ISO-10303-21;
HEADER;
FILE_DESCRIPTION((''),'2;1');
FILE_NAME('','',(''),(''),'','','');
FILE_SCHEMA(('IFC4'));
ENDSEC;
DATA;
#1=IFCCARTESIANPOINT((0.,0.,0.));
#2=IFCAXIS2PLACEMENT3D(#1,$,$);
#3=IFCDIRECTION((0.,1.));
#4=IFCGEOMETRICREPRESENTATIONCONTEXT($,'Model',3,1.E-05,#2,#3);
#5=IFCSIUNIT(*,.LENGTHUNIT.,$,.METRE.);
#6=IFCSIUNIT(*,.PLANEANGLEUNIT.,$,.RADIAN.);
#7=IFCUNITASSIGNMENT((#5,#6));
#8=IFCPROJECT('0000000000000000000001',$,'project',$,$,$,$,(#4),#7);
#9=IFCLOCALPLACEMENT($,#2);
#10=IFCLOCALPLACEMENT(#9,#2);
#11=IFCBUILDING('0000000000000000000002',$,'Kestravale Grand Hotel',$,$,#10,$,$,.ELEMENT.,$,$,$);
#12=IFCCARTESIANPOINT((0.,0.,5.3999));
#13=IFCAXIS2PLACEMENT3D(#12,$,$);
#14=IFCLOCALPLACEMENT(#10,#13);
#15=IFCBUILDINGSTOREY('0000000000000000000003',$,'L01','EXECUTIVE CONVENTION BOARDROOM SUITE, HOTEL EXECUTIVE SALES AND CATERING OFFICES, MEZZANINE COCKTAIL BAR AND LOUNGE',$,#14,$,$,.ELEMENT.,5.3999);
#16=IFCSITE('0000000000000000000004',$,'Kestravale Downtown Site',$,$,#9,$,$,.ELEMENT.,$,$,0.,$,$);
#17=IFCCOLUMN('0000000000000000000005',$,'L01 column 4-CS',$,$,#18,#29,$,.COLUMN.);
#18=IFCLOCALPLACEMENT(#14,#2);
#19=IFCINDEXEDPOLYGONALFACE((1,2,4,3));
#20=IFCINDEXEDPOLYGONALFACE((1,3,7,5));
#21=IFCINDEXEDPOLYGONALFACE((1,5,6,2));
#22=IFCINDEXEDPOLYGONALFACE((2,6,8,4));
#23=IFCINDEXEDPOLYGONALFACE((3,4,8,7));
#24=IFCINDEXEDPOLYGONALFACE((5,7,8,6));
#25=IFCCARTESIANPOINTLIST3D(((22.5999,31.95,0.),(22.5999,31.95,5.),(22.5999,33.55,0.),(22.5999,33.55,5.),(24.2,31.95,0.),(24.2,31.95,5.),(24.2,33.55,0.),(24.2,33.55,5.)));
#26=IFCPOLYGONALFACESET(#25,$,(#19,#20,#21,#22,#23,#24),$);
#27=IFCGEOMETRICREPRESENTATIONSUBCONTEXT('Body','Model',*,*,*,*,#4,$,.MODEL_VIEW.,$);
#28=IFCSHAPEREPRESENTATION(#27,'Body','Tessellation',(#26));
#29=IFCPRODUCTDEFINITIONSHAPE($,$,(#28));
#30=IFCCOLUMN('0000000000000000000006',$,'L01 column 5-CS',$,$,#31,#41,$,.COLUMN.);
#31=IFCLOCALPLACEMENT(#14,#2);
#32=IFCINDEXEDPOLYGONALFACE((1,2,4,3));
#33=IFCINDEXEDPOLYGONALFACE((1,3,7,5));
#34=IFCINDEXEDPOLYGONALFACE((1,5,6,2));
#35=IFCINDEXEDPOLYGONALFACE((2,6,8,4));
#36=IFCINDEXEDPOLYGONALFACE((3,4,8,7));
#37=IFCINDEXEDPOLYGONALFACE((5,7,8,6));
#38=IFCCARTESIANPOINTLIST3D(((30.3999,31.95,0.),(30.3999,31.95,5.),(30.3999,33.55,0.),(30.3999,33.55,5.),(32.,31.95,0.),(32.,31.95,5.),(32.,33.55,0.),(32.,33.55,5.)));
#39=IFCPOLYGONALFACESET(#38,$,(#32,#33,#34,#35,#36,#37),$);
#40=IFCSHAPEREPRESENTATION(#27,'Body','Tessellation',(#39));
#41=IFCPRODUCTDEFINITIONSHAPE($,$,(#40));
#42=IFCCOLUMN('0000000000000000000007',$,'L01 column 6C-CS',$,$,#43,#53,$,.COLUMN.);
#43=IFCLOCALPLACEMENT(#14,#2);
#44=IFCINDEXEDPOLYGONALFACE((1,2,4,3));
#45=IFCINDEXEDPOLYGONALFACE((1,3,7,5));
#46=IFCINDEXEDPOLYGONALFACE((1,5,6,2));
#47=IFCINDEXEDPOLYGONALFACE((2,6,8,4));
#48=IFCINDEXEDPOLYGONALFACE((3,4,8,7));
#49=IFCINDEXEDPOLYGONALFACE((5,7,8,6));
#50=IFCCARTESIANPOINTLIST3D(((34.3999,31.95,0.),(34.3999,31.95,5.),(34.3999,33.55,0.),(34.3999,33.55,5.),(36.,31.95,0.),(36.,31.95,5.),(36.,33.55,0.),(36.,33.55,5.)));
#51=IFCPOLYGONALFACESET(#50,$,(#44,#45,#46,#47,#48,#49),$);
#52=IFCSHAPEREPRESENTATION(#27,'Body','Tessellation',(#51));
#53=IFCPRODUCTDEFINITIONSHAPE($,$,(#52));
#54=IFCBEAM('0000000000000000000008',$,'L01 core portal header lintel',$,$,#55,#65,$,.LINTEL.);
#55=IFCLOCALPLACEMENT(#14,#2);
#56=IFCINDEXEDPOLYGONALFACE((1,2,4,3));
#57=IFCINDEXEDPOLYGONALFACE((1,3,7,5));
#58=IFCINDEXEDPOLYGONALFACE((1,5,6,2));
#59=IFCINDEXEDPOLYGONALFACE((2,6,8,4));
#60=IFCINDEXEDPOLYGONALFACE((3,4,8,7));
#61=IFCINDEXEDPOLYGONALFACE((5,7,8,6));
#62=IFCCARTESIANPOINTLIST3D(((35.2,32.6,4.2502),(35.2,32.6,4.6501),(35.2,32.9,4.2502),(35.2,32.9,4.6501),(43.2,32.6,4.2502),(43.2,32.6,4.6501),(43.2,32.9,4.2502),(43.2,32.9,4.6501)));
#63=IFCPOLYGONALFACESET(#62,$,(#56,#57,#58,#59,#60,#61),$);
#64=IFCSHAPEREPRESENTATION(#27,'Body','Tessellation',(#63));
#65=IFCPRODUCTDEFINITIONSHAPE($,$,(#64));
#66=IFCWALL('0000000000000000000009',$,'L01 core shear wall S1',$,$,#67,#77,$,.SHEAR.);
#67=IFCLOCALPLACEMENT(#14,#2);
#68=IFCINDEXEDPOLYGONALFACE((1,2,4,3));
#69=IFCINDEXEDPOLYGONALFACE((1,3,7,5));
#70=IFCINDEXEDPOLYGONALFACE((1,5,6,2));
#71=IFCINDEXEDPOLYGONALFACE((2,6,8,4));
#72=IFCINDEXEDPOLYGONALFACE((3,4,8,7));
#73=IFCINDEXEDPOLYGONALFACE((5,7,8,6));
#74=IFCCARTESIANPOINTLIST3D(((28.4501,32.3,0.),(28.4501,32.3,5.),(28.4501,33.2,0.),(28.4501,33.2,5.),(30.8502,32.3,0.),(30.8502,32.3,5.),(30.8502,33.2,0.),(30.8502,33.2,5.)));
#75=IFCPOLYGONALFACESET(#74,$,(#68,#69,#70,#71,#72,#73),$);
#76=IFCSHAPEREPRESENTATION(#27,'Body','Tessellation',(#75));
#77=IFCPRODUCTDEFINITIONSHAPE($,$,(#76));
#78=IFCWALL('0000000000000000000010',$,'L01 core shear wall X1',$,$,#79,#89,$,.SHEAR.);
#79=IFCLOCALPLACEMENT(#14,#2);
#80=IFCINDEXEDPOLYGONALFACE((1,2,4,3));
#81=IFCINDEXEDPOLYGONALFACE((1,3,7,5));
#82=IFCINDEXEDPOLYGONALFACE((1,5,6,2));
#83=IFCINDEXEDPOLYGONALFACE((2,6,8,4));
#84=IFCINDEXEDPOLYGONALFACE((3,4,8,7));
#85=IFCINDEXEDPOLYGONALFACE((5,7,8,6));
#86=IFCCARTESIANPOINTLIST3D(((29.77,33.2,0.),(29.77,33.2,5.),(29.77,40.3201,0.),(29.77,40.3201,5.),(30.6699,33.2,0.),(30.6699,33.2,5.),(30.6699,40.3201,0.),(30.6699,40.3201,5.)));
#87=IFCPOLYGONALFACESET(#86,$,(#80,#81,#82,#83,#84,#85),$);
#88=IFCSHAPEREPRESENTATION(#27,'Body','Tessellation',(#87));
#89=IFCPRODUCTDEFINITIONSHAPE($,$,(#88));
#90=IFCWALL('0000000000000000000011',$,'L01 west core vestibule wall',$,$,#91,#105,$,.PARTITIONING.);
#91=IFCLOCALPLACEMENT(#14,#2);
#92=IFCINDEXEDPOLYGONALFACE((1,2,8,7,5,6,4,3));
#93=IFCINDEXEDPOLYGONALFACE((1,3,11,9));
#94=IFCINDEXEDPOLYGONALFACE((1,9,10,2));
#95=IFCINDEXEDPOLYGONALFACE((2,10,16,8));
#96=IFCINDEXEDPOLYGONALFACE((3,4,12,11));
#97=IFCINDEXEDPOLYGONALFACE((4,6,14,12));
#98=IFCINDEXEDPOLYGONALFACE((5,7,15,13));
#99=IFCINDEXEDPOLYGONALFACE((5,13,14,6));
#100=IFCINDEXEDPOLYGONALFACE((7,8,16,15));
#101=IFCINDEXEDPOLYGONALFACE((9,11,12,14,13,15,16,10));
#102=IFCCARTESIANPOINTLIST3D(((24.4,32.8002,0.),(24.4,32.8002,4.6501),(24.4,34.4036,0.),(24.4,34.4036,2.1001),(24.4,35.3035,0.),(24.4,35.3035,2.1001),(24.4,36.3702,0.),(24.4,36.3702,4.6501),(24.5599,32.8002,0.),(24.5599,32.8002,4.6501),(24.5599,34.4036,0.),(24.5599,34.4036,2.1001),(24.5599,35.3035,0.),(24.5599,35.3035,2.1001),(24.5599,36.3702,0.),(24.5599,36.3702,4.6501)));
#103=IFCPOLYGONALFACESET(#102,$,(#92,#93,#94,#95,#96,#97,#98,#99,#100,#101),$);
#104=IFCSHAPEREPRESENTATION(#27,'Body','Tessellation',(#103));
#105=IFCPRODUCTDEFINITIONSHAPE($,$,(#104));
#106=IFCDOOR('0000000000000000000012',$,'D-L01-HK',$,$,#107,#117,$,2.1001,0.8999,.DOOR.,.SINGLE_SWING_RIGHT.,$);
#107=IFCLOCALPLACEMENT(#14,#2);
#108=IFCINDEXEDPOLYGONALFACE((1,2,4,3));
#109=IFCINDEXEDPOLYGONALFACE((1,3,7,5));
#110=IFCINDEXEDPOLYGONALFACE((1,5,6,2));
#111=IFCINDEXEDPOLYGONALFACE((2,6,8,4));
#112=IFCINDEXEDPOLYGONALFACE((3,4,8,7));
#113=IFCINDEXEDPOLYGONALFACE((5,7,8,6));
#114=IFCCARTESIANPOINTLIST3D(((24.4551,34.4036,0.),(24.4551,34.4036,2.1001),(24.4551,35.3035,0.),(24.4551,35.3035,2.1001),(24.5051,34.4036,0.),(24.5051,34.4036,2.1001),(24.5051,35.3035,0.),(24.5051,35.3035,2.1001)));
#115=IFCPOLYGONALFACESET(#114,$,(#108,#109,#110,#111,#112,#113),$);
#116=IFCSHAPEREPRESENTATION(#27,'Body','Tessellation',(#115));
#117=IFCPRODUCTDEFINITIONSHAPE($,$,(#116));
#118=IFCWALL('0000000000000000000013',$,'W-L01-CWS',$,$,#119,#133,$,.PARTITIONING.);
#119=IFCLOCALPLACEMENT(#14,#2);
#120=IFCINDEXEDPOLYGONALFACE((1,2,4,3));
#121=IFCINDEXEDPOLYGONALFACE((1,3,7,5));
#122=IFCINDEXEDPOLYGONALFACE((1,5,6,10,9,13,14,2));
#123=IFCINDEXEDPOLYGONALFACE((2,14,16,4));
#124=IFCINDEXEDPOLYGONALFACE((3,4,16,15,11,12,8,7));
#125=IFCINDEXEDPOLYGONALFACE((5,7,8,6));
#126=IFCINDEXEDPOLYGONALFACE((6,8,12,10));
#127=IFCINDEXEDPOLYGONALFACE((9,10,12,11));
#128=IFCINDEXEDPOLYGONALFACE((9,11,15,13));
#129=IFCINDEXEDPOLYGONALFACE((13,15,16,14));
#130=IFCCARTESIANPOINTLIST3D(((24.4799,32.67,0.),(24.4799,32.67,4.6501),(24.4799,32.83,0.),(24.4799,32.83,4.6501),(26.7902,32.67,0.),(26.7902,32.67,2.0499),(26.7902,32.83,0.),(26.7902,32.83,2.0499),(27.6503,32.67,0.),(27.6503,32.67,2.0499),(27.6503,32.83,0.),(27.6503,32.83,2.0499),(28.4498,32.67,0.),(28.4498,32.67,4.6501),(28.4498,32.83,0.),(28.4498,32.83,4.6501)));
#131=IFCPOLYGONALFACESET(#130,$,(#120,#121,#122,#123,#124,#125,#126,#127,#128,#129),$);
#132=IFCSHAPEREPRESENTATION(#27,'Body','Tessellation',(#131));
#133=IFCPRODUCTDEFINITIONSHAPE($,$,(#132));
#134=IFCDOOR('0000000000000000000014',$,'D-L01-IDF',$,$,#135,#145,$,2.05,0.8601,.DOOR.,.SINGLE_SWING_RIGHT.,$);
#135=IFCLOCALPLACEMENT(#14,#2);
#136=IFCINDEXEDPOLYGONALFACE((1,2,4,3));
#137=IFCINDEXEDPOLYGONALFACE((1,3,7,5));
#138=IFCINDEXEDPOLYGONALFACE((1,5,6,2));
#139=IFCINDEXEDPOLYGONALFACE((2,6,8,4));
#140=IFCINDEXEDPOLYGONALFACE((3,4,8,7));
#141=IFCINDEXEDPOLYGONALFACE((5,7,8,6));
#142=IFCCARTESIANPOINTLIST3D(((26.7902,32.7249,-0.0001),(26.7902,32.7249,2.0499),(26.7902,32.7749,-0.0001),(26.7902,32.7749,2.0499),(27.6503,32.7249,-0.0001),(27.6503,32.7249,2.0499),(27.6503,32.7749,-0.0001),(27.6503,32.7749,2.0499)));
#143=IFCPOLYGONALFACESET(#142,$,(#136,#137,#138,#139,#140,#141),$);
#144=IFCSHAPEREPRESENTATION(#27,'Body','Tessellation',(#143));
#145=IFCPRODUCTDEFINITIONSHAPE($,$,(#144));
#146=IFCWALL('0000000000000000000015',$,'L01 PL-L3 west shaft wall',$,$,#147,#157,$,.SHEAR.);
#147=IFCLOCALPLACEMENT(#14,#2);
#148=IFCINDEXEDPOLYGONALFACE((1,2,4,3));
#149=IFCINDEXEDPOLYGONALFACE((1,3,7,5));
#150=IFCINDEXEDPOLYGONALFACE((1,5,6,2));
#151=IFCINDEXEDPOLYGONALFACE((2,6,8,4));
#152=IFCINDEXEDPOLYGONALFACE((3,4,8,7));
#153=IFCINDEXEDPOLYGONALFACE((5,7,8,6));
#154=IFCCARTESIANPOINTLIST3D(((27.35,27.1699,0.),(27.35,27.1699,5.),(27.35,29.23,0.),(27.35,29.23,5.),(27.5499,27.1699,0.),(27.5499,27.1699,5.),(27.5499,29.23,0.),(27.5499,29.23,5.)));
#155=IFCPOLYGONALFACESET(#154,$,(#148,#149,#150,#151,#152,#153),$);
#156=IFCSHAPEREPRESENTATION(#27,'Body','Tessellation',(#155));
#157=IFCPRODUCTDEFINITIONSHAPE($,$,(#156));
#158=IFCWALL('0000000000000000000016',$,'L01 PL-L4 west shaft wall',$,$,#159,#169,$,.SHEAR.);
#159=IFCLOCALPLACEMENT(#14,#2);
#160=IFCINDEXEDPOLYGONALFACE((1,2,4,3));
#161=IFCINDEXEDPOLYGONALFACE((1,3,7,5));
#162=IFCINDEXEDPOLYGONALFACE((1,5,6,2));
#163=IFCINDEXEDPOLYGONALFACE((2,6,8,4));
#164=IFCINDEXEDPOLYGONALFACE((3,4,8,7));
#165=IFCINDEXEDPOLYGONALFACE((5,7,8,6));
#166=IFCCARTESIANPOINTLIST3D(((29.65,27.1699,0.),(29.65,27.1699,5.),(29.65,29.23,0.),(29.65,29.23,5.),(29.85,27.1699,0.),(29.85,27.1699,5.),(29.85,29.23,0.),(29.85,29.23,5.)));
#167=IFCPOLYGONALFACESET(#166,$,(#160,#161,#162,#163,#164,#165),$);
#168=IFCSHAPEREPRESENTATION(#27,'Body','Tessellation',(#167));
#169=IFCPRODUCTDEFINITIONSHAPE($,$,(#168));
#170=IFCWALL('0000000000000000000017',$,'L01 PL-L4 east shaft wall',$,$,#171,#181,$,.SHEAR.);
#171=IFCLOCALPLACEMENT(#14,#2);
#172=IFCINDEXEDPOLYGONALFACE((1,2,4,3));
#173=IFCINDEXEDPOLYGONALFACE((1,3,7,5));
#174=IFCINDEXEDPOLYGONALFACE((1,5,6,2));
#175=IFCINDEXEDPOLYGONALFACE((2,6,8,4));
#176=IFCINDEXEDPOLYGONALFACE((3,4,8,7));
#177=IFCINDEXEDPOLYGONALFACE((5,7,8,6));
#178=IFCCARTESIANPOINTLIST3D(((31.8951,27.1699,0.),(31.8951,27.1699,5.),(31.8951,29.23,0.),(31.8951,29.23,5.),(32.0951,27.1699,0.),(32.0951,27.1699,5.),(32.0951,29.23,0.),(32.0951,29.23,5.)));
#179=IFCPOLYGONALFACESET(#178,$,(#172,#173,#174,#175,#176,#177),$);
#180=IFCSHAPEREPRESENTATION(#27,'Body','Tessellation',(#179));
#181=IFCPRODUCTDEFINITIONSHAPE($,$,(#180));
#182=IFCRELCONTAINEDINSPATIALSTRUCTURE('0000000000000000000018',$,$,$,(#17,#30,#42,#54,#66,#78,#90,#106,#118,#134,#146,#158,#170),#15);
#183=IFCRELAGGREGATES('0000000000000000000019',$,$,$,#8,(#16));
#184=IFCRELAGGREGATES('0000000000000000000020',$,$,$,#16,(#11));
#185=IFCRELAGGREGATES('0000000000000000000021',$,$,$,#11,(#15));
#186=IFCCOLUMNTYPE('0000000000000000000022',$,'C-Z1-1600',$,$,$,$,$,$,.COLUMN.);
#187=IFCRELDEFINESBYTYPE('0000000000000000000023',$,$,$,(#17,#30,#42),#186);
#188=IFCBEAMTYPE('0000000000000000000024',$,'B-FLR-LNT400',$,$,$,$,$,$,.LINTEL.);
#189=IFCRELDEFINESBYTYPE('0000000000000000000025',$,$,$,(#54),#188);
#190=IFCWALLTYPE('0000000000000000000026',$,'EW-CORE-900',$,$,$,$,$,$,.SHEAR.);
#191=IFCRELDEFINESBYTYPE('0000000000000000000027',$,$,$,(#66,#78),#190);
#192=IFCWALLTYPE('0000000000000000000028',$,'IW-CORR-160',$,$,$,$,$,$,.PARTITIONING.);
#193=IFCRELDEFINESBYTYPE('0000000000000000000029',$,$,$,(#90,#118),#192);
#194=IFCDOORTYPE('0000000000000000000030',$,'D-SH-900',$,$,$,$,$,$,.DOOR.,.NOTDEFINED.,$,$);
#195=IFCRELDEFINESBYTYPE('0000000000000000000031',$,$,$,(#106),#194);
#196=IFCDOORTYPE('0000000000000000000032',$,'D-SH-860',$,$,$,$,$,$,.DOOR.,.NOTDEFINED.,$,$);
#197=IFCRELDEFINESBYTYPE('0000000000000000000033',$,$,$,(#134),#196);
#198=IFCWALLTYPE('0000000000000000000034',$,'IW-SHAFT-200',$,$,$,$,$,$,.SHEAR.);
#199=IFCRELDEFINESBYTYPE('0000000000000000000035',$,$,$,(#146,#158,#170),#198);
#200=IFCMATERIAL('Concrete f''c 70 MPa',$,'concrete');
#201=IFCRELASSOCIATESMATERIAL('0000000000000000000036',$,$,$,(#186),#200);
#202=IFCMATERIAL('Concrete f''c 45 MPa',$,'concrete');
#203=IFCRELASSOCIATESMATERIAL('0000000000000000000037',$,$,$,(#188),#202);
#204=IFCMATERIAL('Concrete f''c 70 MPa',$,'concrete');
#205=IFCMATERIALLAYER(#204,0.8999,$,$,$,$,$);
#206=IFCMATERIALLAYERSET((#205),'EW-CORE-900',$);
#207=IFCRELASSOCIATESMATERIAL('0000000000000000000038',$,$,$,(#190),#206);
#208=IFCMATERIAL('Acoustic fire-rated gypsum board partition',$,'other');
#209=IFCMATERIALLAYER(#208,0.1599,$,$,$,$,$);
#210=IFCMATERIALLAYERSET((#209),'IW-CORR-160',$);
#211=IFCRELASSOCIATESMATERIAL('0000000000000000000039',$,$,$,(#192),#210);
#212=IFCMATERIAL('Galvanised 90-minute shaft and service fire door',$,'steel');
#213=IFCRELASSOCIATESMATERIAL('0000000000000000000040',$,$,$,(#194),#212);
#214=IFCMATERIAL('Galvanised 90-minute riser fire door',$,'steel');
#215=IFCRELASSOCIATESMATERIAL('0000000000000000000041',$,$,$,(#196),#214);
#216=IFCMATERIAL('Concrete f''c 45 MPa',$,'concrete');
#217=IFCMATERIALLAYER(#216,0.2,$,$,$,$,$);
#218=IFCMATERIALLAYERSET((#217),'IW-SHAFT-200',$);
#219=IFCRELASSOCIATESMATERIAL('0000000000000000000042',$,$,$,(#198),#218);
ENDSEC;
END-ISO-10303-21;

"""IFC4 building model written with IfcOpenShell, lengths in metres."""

from ifc_helpers import new_model, si_unit, direction, frame, frame_2d, origin, origin_2d, place, context, subcontext, project, spatial, rectangle, extrude, material, layer, layer_set, material_profile, profile_set, type_object, element, fill, save


model = new_model("IFC4")

# Units and contexts
model_context = context("Model", 3, precision=1e-05, world=origin(), true_north=direction((0.0, 1.0)))
body_context = subcontext(model_context, "Body", "Model", "MODEL_VIEW")
ifc_project = project(units=[si_unit("LENGTHUNIT", "METRE"), si_unit("PLANEANGLEUNIT", "RADIAN")], contexts=[model_context])

# Site, building, storey
site_placement = place(None, origin())
site = spatial("IfcSite", under=ifc_project, at=site_placement, Name="Kestravale Downtown Site", CompositionType="ELEMENT", RefElevation=0.0)
building_placement = place(site_placement, origin())
building = spatial("IfcBuilding", under=site, at=building_placement, Name="Kestravale Grand Hotel", CompositionType="ELEMENT")
storey_placement = place(building_placement, frame((0.0, 0.0, 5.3999)))
storey = spatial("IfcBuildingStorey", under=building, at=storey_placement, Name="L01", Description="EXECUTIVE CONVENTION BOARDROOM SUITE, HOTEL EXECUTIVE SALES AND CATERING OFFICES, MEZZANINE COCKTAIL BAR AND LOUNGE", CompositionType="ELEMENT", Elevation=5.3999)

# Columns
ifc_material_1 = material(Name="Concrete f'c 70 MPa", Category="concrete")
ifc_material_profile_1 = material_profile(ifc_material_1, rectangle(XDim=1.6001, YDim=1.6001, at=origin_2d()))
ifc_profile_set_1 = profile_set([ifc_material_profile_1], Name="Concrete f'c 70 MPa")
column_type = type_object("IfcColumnType", Name="C-Z1-1600", PredefinedType="COLUMN", material=ifc_profile_set_1)
for number, where, z_axis, x_axis, name in (
    (1, (23.3999, 32.75, 0.0), (0.0, 0.0, 1.0), (1.0, 0.0, 0.0), "L01 column 4-CS"),
    (2, (31.2, 32.75, 0.0), (0.0, 0.0, 1.0), (1.0, 0.0, 0.0), "L01 column 5-CS"),
    (3, (35.2, 32.75, 0.0), (0.0, 0.0, 1.0), (1.0, 0.0, 0.0), "L01 column 6C-CS"),
):
    element("IfcColumn", number, at=place(storey_placement, frame(where, z_axis=z_axis, x_axis=x_axis)), inside=storey, type_object=column_type, Name=name, PredefinedType="COLUMN", context=body_context, shape_type="SweptSolid", body=[
        extrude(rectangle(XDim=1.6001, YDim=1.6001, at=origin_2d()), origin(), (0.0, 0.0, 1.0), 5.0),
    ])

# Beam
ifc_material_2 = material(Name="Concrete f'c 45 MPa", Category="concrete")
ifc_material_profile_2 = material_profile(ifc_material_2, rectangle(XDim=0.3, YDim=0.3999, at=origin_2d()))
ifc_profile_set_2 = profile_set([ifc_material_profile_2], Name="Concrete f'c 45 MPa")
beam_type = type_object("IfcBeamType", Name="B-FLR-LNT400", PredefinedType="LINTEL", material=ifc_profile_set_2)
beam_placement = place(storey_placement, frame((35.2, 32.75, 4.4502), z_axis=(1.0, 0.0, 0.0), x_axis=(0.0, 1.0, 0.0)))
element("IfcBeam", 4, at=beam_placement, inside=storey, type_object=beam_type, Name="L01 core portal header lintel", PredefinedType="LINTEL", context=body_context, shape_type="SweptSolid", body=[
    extrude(rectangle(XDim=0.3, YDim=0.3999, at=origin_2d()), origin(), (0.0, 0.0, 1.0), 8.0),
])

# Walls
ifc_material_3 = material(Name="Concrete f'c 70 MPa", Category="concrete")
ifc_layer_1 = layer(ifc_material_3, 0.8999)
ifc_layer_set_1 = layer_set([ifc_layer_1], Name="EW-CORE-900")
wall_type_1 = type_object("IfcWallType", Name="EW-CORE-900", PredefinedType="SHEAR", material=ifc_layer_set_1)
wall_1_placement = place(storey_placement, frame((28.45, 32.75, 0.0), z_axis=(0.0, 0.0, 1.0), x_axis=(1.0, 0.0, 0.0)))
element("IfcWall", 5, at=wall_1_placement, inside=storey, type_object=wall_type_1, Name="L01 core shear wall S1", PredefinedType="SHEAR", context=body_context, shape_type="SweptSolid", body=[
    extrude(rectangle(XDim=2.4001, YDim=0.8999, at=frame_2d((1.2002, 0.0))), origin(), (0.0, 0.0, 1.0), 5.0),
])
wall_2_placement = place(storey_placement, frame((30.22, 33.2, 0.0), z_axis=(0.0, 0.0, 1.0), x_axis=(0.0, 1.0, 0.0)))
element("IfcWall", 6, at=wall_2_placement, inside=storey, type_object=wall_type_1, Name="L01 core shear wall X1", PredefinedType="SHEAR", context=body_context, shape_type="SweptSolid", body=[
    extrude(rectangle(XDim=7.1201, YDim=0.8999, at=frame_2d((3.5601, 0.0))), origin(), (0.0, 0.0, 1.0), 5.0),
])

# Walls, openings, doors
ifc_material_4 = material(Name="Acoustic fire-rated gypsum board partition", Category="other")
ifc_layer_2 = layer(ifc_material_4, 0.1599)
ifc_layer_set_2 = layer_set([ifc_layer_2], Name="IW-CORR-160")
wall_type_2 = type_object("IfcWallType", Name="IW-CORR-160", PredefinedType="PARTITIONING", material=ifc_layer_set_2)
wall_3_placement = place(storey_placement, frame((24.48, 32.8, 0.0), z_axis=(0.0, 0.0, 1.0), x_axis=(0.0, 1.0, 0.0)))
wall_3 = element("IfcWall", 7, at=wall_3_placement, inside=storey, type_object=wall_type_2, Name="L01 west core vestibule wall", PredefinedType="PARTITIONING", context=body_context, shape_type="SweptSolid", body=[
    extrude(rectangle(XDim=3.5701, YDim=0.1599, at=frame_2d((1.7852, 0.0))), origin(), (0.0, 0.0, 1.0), 4.6501),
])
opening_1_placement = place(wall_3_placement, frame((1.6035, 0.0, 0.0)))
opening_1 = element("IfcOpeningElement", 8, at=opening_1_placement, cuts=wall_3, PredefinedType="OPENING", context=body_context, shape_type="SweptSolid", body=[
    extrude(rectangle(XDim=0.8999, YDim=2.1001, at=frame_2d((0.45, 1.05))), frame((0.0, 0.0898, 0.0), z_axis=(0.0, -1.0, 0.0), x_axis=(1.0, 0.0, 0.0)), (0.0, 0.0, 1.0), 0.1799),
])
ifc_material_5 = material(Name="Galvanised 90-minute shaft and service fire door", Category="steel")
door_type_1 = type_object("IfcDoorType", Name="D-SH-900", OperationType="NOTDEFINED", PredefinedType="DOOR", material=ifc_material_5)
door_1_placement = place(opening_1_placement, origin())
door_1 = element("IfcDoor", 9, at=door_1_placement, inside=storey, type_object=door_type_1, Name="D-L01-HK", OperationType="SINGLE_SWING_RIGHT", OverallHeight=2.1001, OverallWidth=0.8999, PredefinedType="DOOR", context=body_context, shape_type="SweptSolid", body=[
    extrude(rectangle(XDim=0.8999, YDim=2.1001, at=frame_2d((0.45, 1.05))), frame((0.0, 0.0249, 0.0), z_axis=(0.0, -1.0, 0.0), x_axis=(1.0, 0.0, 0.0)), (0.0, 0.0, 1.0), 0.05),
])
fill(opening_1, door_1)
wall_4_placement = place(storey_placement, frame((24.48, 32.75, 0.0), z_axis=(0.0, 0.0, 1.0), x_axis=(1.0, 0.0, 0.0)))
wall_4 = element("IfcWall", 10, at=wall_4_placement, inside=storey, type_object=wall_type_2, Name="W-L01-CWS", PredefinedType="PARTITIONING", context=body_context, shape_type="SweptSolid", body=[
    extrude(rectangle(XDim=3.97, YDim=0.1599, at=frame_2d((1.9849, 0.0))), origin(), (0.0, 0.0, 1.0), 4.6501),
])
opening_2_placement = place(wall_4_placement, frame((2.3101, 0.0, 0.0)))
opening_2 = element("IfcOpeningElement", 11, at=opening_2_placement, cuts=wall_4, PredefinedType="OPENING", context=body_context, shape_type="SweptSolid", body=[
    extrude(rectangle(XDim=0.8601, YDim=2.05, at=frame_2d((0.4302, 1.0249))), frame((0.0, 0.0898, 0.0), z_axis=(0.0, -1.0, 0.0), x_axis=(1.0, 0.0, 0.0)), (0.0, 0.0, 1.0), 0.1799),
])
ifc_material_6 = material(Name="Galvanised 90-minute riser fire door", Category="steel")
door_type_2 = type_object("IfcDoorType", Name="D-SH-860", OperationType="NOTDEFINED", PredefinedType="DOOR", material=ifc_material_6)
door_2_placement = place(opening_2_placement, origin())
door_2 = element("IfcDoor", 12, at=door_2_placement, inside=storey, type_object=door_type_2, Name="D-L01-IDF", OperationType="SINGLE_SWING_RIGHT", OverallHeight=2.05, OverallWidth=0.8601, PredefinedType="DOOR", context=body_context, shape_type="SweptSolid", body=[
    extrude(rectangle(XDim=0.8601, YDim=2.05, at=frame_2d((0.4302, 1.0249))), frame((0.0, 0.0249, 0.0), z_axis=(0.0, -1.0, 0.0), x_axis=(1.0, 0.0, 0.0)), (0.0, 0.0, 1.0), 0.05),
])
fill(opening_2, door_2)

# Walls
ifc_material_7 = material(Name="Concrete f'c 45 MPa", Category="concrete")
ifc_layer_3 = layer(ifc_material_7, 0.2)
ifc_layer_set_3 = layer_set([ifc_layer_3], Name="IW-SHAFT-200")
wall_type_3 = type_object("IfcWallType", Name="IW-SHAFT-200", PredefinedType="SHEAR", material=ifc_layer_set_3)
for number, where, z_axis, x_axis, name in (
    (13, (27.45, 27.1699, 0.0), (0.0, 0.0, 1.0), (0.0, 1.0, 0.0), "L01 PL-L3 west shaft wall"),
    (14, (29.75, 27.1699, 0.0), (0.0, 0.0, 1.0), (0.0, 1.0, 0.0), "L01 PL-L4 west shaft wall"),
    (15, (31.9951, 27.1699, 0.0), (0.0, 0.0, 1.0), (0.0, 1.0, 0.0), "L01 PL-L4 east shaft wall"),
):
    element("IfcWall", number, at=place(storey_placement, frame(where, z_axis=z_axis, x_axis=x_axis)), inside=storey, type_object=wall_type_3, Name=name, PredefinedType="SHEAR", context=body_context, shape_type="SweptSolid", body=[
        extrude(rectangle(XDim=2.0601, YDim=0.2, at=frame_2d((1.03, 0.0))), origin(), (0.0, 0.0, 1.0), 5.0),
    ])

save(model, "model.ifc")
